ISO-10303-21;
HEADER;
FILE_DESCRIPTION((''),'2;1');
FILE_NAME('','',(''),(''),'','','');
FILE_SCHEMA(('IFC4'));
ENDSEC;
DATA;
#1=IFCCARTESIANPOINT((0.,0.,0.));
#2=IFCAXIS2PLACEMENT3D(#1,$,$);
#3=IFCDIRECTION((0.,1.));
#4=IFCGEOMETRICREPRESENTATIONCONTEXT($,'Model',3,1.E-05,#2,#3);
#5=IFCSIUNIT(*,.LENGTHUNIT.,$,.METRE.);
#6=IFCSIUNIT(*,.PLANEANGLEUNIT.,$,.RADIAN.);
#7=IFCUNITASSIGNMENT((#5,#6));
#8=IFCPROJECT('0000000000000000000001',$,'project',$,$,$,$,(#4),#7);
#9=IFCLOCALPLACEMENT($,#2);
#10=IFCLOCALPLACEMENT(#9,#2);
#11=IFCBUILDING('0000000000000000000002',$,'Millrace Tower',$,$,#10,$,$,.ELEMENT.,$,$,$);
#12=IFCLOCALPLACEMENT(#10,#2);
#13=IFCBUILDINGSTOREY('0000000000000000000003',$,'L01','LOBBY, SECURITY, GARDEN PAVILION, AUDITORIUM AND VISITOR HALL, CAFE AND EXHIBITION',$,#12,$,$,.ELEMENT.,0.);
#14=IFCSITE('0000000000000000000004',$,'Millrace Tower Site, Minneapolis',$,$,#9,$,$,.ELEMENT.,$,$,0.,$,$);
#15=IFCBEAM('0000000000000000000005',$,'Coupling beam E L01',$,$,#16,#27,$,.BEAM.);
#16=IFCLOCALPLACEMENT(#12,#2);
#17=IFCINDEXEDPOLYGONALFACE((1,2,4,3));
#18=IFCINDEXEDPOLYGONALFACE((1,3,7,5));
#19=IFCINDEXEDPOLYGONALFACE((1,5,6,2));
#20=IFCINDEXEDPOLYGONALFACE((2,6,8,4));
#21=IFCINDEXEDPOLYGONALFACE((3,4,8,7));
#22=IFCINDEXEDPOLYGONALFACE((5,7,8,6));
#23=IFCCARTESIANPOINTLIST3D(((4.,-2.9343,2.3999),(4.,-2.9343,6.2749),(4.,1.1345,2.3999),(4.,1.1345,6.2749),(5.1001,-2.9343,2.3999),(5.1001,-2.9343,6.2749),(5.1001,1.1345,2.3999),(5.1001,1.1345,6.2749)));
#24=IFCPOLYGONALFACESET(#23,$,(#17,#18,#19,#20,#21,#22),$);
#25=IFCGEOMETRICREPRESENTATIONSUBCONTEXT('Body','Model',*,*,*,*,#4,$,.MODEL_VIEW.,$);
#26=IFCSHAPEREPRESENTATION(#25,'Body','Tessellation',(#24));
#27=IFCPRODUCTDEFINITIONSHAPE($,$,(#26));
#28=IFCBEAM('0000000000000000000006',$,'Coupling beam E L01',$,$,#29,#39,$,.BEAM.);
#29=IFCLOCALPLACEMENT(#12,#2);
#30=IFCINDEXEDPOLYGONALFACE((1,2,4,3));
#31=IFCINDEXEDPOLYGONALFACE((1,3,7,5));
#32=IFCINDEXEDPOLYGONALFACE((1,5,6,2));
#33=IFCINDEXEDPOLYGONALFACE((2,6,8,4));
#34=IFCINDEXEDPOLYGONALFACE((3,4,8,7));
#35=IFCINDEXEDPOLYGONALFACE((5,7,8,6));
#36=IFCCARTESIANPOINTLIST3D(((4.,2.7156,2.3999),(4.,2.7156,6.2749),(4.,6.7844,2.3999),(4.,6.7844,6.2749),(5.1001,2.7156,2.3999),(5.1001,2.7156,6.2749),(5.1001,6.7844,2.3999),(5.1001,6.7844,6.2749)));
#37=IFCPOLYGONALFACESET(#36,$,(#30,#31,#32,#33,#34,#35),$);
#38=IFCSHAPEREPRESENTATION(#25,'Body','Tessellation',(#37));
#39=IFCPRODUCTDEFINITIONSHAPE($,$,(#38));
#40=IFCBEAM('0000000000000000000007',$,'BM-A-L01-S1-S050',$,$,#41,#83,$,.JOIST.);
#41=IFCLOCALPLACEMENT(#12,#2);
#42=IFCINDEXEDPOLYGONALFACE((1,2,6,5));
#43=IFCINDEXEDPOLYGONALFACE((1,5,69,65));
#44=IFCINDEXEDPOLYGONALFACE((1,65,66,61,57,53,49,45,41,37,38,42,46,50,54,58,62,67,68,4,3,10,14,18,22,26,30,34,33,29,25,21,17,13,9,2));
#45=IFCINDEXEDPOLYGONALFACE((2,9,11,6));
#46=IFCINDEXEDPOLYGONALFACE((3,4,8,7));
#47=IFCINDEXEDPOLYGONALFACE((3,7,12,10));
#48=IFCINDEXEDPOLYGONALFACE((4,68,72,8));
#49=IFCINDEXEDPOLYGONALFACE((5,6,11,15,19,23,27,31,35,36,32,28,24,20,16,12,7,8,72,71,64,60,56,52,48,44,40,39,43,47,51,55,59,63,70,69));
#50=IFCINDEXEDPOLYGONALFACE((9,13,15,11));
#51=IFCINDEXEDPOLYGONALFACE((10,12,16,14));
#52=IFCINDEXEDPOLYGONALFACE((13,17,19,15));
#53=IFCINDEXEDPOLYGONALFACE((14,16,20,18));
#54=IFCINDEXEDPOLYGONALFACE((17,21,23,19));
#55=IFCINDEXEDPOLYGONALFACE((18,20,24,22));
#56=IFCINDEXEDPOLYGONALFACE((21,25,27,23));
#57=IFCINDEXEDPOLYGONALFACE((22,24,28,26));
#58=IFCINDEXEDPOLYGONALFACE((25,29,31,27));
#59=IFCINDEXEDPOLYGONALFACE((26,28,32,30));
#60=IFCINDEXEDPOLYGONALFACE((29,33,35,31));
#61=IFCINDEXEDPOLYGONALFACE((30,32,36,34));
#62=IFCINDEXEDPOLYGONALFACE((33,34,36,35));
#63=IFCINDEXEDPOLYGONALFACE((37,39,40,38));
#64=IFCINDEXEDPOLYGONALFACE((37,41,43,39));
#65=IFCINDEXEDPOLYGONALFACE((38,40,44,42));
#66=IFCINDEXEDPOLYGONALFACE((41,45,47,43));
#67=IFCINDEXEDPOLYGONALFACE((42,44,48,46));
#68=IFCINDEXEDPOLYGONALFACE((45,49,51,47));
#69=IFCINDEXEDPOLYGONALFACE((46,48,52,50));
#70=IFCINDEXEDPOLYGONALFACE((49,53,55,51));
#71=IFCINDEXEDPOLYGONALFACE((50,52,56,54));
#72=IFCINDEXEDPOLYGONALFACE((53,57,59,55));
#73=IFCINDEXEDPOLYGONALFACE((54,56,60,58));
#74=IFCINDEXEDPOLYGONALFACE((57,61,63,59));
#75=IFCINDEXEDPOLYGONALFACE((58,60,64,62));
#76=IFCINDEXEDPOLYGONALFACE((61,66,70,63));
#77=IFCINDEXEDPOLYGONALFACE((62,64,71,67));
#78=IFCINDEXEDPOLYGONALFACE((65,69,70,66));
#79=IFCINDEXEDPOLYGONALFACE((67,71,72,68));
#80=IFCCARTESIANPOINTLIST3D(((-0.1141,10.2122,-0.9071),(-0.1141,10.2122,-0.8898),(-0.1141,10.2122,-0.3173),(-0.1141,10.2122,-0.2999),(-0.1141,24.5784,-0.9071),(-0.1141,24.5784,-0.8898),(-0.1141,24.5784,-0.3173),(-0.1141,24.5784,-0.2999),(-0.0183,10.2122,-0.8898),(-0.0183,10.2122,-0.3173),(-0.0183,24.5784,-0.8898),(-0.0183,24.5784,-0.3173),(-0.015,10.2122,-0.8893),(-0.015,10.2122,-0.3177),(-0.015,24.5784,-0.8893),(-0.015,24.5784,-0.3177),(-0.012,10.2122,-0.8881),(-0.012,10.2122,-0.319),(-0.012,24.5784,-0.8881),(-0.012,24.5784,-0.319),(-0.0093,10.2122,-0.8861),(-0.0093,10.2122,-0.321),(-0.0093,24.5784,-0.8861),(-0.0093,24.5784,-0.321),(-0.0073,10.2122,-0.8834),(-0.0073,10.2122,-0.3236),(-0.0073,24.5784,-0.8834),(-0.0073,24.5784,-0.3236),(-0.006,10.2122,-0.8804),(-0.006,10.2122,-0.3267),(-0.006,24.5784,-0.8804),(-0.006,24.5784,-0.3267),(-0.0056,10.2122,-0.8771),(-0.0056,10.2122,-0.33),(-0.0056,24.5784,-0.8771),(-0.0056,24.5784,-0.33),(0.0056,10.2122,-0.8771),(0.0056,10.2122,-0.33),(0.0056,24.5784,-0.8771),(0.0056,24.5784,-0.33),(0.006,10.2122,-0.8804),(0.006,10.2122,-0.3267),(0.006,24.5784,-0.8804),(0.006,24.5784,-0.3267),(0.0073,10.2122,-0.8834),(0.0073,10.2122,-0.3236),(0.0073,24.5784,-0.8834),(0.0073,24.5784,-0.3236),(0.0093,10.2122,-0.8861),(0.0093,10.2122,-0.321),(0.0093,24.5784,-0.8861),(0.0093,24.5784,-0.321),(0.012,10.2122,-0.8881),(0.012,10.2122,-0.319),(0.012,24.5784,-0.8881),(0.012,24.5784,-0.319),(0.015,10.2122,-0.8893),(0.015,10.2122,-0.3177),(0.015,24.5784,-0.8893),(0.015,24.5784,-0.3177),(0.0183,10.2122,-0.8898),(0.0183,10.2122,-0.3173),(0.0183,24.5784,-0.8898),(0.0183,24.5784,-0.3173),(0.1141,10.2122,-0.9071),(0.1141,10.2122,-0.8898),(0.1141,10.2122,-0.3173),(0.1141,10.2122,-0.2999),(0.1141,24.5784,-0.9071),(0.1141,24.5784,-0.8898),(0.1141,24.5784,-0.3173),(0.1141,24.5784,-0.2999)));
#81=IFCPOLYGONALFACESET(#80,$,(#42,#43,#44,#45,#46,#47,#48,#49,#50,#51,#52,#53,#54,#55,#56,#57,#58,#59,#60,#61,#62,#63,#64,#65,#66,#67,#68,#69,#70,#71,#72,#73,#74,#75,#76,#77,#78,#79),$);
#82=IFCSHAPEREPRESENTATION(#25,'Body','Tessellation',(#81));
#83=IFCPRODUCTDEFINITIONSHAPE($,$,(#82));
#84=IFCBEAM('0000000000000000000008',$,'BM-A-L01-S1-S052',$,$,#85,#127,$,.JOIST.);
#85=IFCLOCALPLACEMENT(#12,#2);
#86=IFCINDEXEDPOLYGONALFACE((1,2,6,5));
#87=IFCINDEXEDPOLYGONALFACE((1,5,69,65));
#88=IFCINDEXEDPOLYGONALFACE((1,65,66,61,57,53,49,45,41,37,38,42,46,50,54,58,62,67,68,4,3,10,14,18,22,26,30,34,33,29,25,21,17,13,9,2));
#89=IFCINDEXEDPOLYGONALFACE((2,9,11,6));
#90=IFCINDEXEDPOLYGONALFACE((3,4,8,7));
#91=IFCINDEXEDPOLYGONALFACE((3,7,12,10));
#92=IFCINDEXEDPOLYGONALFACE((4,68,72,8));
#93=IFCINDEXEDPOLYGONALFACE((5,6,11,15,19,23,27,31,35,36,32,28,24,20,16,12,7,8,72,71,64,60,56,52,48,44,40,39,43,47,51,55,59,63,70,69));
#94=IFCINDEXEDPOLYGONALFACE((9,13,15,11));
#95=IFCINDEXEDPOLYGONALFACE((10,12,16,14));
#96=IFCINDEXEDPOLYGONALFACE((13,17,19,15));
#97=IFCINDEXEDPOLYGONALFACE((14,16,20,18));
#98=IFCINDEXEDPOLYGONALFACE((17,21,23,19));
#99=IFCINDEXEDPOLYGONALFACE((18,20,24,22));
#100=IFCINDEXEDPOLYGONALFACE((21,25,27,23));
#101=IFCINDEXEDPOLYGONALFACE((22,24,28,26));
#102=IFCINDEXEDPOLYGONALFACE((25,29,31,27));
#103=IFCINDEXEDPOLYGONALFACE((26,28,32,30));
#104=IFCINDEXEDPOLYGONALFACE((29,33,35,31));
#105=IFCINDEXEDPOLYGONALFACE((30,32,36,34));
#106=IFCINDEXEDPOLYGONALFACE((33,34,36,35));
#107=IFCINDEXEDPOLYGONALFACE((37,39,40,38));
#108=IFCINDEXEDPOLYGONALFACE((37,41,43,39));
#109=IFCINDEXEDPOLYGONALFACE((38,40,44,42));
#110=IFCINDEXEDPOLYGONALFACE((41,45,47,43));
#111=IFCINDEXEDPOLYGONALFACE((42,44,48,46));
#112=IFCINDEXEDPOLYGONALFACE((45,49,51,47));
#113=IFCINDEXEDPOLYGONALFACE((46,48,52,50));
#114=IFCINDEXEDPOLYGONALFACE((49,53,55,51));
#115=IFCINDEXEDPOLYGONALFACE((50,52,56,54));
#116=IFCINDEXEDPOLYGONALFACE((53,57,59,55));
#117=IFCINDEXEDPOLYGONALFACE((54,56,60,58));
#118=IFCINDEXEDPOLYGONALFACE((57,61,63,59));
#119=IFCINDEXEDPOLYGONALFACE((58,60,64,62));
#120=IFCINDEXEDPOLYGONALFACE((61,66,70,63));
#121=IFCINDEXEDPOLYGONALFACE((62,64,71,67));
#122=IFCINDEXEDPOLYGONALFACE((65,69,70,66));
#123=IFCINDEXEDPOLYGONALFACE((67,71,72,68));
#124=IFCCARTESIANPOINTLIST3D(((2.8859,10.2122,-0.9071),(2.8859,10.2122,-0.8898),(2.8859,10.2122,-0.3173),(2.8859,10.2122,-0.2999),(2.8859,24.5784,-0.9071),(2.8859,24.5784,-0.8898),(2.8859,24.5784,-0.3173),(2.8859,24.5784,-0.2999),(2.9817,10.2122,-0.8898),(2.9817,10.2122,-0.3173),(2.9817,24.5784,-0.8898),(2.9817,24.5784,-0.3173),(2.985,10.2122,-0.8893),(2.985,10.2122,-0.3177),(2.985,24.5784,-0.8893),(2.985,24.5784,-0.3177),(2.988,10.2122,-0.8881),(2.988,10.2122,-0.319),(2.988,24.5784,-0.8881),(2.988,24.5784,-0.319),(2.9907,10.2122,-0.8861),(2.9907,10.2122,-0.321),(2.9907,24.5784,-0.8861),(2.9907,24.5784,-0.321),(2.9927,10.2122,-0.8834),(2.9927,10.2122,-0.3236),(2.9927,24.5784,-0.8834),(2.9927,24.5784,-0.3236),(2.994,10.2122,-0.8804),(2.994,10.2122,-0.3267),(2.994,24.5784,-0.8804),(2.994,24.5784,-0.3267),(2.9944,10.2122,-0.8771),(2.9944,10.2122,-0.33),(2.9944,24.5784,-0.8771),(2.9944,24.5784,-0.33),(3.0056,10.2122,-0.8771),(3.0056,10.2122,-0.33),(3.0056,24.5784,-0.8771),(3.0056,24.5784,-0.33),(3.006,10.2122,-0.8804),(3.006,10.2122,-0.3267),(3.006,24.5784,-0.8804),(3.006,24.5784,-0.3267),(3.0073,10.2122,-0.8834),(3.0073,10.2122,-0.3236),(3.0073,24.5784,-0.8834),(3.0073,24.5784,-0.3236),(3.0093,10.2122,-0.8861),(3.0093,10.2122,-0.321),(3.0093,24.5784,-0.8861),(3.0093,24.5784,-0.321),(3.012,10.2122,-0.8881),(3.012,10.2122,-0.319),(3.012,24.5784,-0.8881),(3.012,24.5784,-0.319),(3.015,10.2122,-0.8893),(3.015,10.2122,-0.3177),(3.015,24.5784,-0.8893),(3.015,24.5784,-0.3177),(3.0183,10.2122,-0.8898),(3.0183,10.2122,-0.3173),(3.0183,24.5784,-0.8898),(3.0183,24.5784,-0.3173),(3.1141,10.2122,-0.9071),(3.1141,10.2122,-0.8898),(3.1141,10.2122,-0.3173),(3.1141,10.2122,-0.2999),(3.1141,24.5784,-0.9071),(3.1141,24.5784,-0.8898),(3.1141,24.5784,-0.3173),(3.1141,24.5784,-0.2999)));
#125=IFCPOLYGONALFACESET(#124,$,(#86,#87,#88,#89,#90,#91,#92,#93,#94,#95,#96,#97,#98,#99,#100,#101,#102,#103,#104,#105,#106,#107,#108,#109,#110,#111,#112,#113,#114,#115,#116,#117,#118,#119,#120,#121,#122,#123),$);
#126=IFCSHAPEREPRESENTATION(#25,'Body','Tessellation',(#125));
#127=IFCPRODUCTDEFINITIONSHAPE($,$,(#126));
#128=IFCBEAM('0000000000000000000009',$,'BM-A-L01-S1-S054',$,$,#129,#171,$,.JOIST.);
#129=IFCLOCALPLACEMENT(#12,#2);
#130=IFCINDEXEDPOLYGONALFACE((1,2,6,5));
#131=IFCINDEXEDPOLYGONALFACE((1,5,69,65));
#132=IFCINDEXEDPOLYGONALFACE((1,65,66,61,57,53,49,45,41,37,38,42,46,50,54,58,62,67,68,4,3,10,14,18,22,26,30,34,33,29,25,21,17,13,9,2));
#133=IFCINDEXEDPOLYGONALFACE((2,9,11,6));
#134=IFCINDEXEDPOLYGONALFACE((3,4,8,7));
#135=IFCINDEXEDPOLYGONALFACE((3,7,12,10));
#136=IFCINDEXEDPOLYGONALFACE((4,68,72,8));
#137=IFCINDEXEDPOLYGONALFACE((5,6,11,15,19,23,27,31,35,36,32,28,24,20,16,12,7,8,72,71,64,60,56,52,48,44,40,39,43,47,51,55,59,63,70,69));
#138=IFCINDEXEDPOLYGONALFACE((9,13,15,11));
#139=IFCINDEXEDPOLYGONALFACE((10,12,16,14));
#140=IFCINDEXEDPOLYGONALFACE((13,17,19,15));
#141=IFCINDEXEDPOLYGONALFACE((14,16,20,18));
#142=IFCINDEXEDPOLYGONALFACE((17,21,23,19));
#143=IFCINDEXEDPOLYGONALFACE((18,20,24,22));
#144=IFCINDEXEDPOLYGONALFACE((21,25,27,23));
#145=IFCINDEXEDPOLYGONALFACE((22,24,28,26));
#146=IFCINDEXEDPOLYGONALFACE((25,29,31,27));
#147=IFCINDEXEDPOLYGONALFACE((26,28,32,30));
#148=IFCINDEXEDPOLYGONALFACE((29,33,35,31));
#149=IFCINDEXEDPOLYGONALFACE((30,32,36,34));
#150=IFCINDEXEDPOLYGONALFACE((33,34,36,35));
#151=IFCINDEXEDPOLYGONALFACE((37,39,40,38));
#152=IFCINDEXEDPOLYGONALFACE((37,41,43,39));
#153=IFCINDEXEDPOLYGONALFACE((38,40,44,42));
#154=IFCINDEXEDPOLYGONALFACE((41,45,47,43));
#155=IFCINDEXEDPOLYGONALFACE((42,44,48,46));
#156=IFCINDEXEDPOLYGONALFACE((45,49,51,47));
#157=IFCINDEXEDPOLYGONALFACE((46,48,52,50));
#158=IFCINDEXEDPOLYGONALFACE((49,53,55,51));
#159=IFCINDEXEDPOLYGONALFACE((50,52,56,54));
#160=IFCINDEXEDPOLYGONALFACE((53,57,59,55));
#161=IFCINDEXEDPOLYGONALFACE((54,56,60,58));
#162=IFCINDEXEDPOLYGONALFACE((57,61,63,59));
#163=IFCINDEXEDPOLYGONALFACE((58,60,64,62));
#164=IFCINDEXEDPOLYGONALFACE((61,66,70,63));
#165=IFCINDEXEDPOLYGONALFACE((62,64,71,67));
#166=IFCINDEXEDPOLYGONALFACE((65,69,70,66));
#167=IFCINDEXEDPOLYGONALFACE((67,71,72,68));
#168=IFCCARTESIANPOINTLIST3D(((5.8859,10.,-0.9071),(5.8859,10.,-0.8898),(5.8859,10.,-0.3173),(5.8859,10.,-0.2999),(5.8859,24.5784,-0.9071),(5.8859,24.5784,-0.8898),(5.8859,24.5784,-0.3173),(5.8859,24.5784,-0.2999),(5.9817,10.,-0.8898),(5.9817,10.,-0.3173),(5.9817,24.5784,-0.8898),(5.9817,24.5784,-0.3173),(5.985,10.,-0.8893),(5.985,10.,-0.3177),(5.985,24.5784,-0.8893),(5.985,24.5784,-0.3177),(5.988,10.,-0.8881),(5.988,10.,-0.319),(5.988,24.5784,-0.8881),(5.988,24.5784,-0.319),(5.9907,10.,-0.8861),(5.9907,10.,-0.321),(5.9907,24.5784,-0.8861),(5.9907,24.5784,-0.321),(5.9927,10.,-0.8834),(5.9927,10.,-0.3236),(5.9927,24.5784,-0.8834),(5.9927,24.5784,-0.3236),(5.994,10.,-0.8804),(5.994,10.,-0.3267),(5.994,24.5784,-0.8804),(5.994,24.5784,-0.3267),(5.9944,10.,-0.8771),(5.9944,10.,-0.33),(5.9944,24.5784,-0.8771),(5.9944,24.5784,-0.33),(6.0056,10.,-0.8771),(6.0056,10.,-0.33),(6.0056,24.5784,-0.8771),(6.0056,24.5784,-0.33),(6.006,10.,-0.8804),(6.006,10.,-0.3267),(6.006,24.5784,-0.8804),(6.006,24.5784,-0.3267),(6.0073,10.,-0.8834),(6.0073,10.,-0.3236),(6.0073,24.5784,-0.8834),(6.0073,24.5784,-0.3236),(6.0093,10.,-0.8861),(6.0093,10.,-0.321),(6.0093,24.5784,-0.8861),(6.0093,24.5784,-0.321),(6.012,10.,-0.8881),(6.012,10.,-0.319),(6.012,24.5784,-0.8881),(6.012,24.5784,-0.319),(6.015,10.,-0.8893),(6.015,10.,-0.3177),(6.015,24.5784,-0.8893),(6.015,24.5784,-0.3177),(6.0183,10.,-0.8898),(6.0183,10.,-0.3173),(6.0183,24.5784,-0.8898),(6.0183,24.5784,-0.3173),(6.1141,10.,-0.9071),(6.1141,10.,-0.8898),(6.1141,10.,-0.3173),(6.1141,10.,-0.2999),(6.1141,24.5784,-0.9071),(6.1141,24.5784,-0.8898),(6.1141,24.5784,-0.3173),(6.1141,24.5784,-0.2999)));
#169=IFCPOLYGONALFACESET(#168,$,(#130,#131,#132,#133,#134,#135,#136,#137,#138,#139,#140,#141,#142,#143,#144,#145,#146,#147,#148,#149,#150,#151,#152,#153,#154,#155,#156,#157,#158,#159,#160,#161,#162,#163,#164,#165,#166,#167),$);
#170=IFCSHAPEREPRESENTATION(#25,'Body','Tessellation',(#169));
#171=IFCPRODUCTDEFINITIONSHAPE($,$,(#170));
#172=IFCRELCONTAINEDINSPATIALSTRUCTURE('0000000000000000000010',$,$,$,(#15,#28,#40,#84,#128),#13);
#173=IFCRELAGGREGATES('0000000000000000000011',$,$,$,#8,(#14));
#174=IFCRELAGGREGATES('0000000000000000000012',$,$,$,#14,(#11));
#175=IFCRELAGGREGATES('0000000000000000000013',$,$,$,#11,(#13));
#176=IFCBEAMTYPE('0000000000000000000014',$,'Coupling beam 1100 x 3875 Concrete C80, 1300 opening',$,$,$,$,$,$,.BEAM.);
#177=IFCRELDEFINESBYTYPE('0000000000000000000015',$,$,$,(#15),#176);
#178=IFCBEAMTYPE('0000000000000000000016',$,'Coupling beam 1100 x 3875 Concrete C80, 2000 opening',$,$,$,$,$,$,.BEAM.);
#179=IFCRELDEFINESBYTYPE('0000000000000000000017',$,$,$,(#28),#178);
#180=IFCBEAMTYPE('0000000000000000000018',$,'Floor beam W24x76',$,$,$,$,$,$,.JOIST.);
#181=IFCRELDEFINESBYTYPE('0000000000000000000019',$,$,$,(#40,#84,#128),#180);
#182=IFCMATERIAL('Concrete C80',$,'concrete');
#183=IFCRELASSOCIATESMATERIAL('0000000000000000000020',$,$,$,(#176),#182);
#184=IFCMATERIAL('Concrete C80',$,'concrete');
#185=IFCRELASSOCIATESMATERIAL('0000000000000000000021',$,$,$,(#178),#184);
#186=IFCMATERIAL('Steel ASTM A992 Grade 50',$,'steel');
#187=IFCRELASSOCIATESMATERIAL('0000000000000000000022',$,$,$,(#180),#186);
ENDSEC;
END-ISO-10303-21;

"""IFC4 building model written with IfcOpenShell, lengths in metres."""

from ifc_helpers import new_model, si_unit, direction, frame, origin, origin_2d, place, context, subcontext, project, spatial, rectangle, i_section, extrude, material, material_profile, profile_set, type_object, element, save


model = new_model("IFC4")

# Units and contexts
model_context = context("Model", 3, precision=1e-05, world=origin(), true_north=direction((0.0, 1.0)))
body_context = subcontext(model_context, "Body", "Model", "MODEL_VIEW")
ifc_project = project(units=[si_unit("LENGTHUNIT", "METRE"), si_unit("PLANEANGLEUNIT", "RADIAN")], contexts=[model_context])

# Site, building, storey
site_placement = place(None, origin())
site = spatial("IfcSite", under=ifc_project, at=site_placement, Name="Millrace Tower Site, Minneapolis", CompositionType="ELEMENT", RefElevation=0.0)
building_placement = place(site_placement, origin())
building = spatial("IfcBuilding", under=site, at=building_placement, Name="Millrace Tower", CompositionType="ELEMENT")
storey_placement = place(building_placement, origin())
storey = spatial("IfcBuildingStorey", under=building, at=storey_placement, Name="L01", Description="LOBBY, SECURITY, GARDEN PAVILION, AUDITORIUM AND VISITOR HALL, CAFE AND EXHIBITION", CompositionType="ELEMENT", Elevation=0.0)

# Beams
ifc_material_1 = material(Name="Concrete C80", Category="concrete")
ifc_material_profile_1 = material_profile(ifc_material_1, rectangle(XDim=1.1001, YDim=3.875, at=origin_2d()))
ifc_profile_set_1 = profile_set([ifc_material_profile_1], Name="Concrete C80")
beam_type_1 = type_object("IfcBeamType", Name="Coupling beam 1100 x 3875 Concrete C80, 1300 opening", PredefinedType="BEAM", material=ifc_profile_set_1)
beam_1_placement = place(storey_placement, frame((4.55, 1.1345, 4.3374), z_axis=(0.0, -1.0, 0.0), x_axis=(1.0, 0.0, 0.0)))
element("IfcBeam", 1, at=beam_1_placement, inside=storey, type_object=beam_type_1, Name="Coupling beam E L01", PredefinedType="BEAM", context=body_context, shape_type="SweptSolid", body=[
    extrude(rectangle(XDim=1.1001, YDim=3.875, at=origin_2d()), origin(), (0.0, 0.0, 1.0), 4.0688),
])
ifc_material_2 = material(Name="Concrete C80", Category="concrete")
ifc_material_profile_2 = material_profile(ifc_material_2, rectangle(XDim=1.1001, YDim=3.875, at=origin_2d()))
ifc_profile_set_2 = profile_set([ifc_material_profile_2], Name="Concrete C80")
beam_type_2 = type_object("IfcBeamType", Name="Coupling beam 1100 x 3875 Concrete C80, 2000 opening", PredefinedType="BEAM", material=ifc_profile_set_2)
beam_2_placement = place(storey_placement, frame((4.55, 6.7844, 4.3374), z_axis=(0.0, -1.0, 0.0), x_axis=(1.0, 0.0, 0.0)))
element("IfcBeam", 2, at=beam_2_placement, inside=storey, type_object=beam_type_2, Name="Coupling beam E L01", PredefinedType="BEAM", context=body_context, shape_type="SweptSolid", body=[
    extrude(rectangle(XDim=1.1001, YDim=3.875, at=origin_2d()), origin(), (0.0, 0.0, 1.0), 4.0688),
])
ifc_material_3 = material(Name="Steel ASTM A992 Grade 50", Category="steel")
ifc_material_profile_3 = material_profile(ifc_material_3, i_section(OverallWidth=0.2283, OverallDepth=0.6072, WebThickness=0.0112, FlangeThickness=0.0173, FilletRadius=0.0127, at=origin_2d()))
ifc_profile_set_3 = profile_set([ifc_material_profile_3], Name="Steel ASTM A992 Grade 50")
beam_type_3 = type_object("IfcBeamType", Name="Floor beam W24x76", PredefinedType="JOIST", material=ifc_profile_set_3)
for number, where, z_axis, x_axis, name in (
    (3, (0.0, 10.2122, -0.6035), (0.0, 1.0, 0.0), (-1.0, 0.0, 0.0), "BM-A-L01-S1-S050"),
    (4, (3.0, 10.2122, -0.6035), (0.0, 1.0, 0.0), (-1.0, 0.0, 0.0), "BM-A-L01-S1-S052"),
):
    element("IfcBeam", number, at=place(storey_placement, frame(where, z_axis=z_axis, x_axis=x_axis)), inside=storey, type_object=beam_type_3, Name=name, PredefinedType="JOIST", context=body_context, shape_type="SweptSolid", body=[
        extrude(i_section(OverallWidth=0.2283, OverallDepth=0.6072, WebThickness=0.0112, FlangeThickness=0.0173, FilletRadius=0.0127, at=origin_2d()), origin(), (0.0, 0.0, 1.0), 14.3662),
    ])
for number, where, z_axis, x_axis, name in (
    (5, (6.0, 10.0, -0.6035), (0.0, 1.0, 0.0), (-1.0, 0.0, 0.0), "BM-A-L01-S1-S054"),
):
    element("IfcBeam", number, at=place(storey_placement, frame(where, z_axis=z_axis, x_axis=x_axis)), inside=storey, type_object=beam_type_3, Name=name, PredefinedType="JOIST", context=body_context, shape_type="SweptSolid", body=[
        extrude(i_section(OverallWidth=0.2283, OverallDepth=0.6072, WebThickness=0.0112, FlangeThickness=0.0173, FilletRadius=0.0127, at=origin_2d()), origin(), (0.0, 0.0, 1.0), 14.5784),
    ])

save(model, "model.ifc")
